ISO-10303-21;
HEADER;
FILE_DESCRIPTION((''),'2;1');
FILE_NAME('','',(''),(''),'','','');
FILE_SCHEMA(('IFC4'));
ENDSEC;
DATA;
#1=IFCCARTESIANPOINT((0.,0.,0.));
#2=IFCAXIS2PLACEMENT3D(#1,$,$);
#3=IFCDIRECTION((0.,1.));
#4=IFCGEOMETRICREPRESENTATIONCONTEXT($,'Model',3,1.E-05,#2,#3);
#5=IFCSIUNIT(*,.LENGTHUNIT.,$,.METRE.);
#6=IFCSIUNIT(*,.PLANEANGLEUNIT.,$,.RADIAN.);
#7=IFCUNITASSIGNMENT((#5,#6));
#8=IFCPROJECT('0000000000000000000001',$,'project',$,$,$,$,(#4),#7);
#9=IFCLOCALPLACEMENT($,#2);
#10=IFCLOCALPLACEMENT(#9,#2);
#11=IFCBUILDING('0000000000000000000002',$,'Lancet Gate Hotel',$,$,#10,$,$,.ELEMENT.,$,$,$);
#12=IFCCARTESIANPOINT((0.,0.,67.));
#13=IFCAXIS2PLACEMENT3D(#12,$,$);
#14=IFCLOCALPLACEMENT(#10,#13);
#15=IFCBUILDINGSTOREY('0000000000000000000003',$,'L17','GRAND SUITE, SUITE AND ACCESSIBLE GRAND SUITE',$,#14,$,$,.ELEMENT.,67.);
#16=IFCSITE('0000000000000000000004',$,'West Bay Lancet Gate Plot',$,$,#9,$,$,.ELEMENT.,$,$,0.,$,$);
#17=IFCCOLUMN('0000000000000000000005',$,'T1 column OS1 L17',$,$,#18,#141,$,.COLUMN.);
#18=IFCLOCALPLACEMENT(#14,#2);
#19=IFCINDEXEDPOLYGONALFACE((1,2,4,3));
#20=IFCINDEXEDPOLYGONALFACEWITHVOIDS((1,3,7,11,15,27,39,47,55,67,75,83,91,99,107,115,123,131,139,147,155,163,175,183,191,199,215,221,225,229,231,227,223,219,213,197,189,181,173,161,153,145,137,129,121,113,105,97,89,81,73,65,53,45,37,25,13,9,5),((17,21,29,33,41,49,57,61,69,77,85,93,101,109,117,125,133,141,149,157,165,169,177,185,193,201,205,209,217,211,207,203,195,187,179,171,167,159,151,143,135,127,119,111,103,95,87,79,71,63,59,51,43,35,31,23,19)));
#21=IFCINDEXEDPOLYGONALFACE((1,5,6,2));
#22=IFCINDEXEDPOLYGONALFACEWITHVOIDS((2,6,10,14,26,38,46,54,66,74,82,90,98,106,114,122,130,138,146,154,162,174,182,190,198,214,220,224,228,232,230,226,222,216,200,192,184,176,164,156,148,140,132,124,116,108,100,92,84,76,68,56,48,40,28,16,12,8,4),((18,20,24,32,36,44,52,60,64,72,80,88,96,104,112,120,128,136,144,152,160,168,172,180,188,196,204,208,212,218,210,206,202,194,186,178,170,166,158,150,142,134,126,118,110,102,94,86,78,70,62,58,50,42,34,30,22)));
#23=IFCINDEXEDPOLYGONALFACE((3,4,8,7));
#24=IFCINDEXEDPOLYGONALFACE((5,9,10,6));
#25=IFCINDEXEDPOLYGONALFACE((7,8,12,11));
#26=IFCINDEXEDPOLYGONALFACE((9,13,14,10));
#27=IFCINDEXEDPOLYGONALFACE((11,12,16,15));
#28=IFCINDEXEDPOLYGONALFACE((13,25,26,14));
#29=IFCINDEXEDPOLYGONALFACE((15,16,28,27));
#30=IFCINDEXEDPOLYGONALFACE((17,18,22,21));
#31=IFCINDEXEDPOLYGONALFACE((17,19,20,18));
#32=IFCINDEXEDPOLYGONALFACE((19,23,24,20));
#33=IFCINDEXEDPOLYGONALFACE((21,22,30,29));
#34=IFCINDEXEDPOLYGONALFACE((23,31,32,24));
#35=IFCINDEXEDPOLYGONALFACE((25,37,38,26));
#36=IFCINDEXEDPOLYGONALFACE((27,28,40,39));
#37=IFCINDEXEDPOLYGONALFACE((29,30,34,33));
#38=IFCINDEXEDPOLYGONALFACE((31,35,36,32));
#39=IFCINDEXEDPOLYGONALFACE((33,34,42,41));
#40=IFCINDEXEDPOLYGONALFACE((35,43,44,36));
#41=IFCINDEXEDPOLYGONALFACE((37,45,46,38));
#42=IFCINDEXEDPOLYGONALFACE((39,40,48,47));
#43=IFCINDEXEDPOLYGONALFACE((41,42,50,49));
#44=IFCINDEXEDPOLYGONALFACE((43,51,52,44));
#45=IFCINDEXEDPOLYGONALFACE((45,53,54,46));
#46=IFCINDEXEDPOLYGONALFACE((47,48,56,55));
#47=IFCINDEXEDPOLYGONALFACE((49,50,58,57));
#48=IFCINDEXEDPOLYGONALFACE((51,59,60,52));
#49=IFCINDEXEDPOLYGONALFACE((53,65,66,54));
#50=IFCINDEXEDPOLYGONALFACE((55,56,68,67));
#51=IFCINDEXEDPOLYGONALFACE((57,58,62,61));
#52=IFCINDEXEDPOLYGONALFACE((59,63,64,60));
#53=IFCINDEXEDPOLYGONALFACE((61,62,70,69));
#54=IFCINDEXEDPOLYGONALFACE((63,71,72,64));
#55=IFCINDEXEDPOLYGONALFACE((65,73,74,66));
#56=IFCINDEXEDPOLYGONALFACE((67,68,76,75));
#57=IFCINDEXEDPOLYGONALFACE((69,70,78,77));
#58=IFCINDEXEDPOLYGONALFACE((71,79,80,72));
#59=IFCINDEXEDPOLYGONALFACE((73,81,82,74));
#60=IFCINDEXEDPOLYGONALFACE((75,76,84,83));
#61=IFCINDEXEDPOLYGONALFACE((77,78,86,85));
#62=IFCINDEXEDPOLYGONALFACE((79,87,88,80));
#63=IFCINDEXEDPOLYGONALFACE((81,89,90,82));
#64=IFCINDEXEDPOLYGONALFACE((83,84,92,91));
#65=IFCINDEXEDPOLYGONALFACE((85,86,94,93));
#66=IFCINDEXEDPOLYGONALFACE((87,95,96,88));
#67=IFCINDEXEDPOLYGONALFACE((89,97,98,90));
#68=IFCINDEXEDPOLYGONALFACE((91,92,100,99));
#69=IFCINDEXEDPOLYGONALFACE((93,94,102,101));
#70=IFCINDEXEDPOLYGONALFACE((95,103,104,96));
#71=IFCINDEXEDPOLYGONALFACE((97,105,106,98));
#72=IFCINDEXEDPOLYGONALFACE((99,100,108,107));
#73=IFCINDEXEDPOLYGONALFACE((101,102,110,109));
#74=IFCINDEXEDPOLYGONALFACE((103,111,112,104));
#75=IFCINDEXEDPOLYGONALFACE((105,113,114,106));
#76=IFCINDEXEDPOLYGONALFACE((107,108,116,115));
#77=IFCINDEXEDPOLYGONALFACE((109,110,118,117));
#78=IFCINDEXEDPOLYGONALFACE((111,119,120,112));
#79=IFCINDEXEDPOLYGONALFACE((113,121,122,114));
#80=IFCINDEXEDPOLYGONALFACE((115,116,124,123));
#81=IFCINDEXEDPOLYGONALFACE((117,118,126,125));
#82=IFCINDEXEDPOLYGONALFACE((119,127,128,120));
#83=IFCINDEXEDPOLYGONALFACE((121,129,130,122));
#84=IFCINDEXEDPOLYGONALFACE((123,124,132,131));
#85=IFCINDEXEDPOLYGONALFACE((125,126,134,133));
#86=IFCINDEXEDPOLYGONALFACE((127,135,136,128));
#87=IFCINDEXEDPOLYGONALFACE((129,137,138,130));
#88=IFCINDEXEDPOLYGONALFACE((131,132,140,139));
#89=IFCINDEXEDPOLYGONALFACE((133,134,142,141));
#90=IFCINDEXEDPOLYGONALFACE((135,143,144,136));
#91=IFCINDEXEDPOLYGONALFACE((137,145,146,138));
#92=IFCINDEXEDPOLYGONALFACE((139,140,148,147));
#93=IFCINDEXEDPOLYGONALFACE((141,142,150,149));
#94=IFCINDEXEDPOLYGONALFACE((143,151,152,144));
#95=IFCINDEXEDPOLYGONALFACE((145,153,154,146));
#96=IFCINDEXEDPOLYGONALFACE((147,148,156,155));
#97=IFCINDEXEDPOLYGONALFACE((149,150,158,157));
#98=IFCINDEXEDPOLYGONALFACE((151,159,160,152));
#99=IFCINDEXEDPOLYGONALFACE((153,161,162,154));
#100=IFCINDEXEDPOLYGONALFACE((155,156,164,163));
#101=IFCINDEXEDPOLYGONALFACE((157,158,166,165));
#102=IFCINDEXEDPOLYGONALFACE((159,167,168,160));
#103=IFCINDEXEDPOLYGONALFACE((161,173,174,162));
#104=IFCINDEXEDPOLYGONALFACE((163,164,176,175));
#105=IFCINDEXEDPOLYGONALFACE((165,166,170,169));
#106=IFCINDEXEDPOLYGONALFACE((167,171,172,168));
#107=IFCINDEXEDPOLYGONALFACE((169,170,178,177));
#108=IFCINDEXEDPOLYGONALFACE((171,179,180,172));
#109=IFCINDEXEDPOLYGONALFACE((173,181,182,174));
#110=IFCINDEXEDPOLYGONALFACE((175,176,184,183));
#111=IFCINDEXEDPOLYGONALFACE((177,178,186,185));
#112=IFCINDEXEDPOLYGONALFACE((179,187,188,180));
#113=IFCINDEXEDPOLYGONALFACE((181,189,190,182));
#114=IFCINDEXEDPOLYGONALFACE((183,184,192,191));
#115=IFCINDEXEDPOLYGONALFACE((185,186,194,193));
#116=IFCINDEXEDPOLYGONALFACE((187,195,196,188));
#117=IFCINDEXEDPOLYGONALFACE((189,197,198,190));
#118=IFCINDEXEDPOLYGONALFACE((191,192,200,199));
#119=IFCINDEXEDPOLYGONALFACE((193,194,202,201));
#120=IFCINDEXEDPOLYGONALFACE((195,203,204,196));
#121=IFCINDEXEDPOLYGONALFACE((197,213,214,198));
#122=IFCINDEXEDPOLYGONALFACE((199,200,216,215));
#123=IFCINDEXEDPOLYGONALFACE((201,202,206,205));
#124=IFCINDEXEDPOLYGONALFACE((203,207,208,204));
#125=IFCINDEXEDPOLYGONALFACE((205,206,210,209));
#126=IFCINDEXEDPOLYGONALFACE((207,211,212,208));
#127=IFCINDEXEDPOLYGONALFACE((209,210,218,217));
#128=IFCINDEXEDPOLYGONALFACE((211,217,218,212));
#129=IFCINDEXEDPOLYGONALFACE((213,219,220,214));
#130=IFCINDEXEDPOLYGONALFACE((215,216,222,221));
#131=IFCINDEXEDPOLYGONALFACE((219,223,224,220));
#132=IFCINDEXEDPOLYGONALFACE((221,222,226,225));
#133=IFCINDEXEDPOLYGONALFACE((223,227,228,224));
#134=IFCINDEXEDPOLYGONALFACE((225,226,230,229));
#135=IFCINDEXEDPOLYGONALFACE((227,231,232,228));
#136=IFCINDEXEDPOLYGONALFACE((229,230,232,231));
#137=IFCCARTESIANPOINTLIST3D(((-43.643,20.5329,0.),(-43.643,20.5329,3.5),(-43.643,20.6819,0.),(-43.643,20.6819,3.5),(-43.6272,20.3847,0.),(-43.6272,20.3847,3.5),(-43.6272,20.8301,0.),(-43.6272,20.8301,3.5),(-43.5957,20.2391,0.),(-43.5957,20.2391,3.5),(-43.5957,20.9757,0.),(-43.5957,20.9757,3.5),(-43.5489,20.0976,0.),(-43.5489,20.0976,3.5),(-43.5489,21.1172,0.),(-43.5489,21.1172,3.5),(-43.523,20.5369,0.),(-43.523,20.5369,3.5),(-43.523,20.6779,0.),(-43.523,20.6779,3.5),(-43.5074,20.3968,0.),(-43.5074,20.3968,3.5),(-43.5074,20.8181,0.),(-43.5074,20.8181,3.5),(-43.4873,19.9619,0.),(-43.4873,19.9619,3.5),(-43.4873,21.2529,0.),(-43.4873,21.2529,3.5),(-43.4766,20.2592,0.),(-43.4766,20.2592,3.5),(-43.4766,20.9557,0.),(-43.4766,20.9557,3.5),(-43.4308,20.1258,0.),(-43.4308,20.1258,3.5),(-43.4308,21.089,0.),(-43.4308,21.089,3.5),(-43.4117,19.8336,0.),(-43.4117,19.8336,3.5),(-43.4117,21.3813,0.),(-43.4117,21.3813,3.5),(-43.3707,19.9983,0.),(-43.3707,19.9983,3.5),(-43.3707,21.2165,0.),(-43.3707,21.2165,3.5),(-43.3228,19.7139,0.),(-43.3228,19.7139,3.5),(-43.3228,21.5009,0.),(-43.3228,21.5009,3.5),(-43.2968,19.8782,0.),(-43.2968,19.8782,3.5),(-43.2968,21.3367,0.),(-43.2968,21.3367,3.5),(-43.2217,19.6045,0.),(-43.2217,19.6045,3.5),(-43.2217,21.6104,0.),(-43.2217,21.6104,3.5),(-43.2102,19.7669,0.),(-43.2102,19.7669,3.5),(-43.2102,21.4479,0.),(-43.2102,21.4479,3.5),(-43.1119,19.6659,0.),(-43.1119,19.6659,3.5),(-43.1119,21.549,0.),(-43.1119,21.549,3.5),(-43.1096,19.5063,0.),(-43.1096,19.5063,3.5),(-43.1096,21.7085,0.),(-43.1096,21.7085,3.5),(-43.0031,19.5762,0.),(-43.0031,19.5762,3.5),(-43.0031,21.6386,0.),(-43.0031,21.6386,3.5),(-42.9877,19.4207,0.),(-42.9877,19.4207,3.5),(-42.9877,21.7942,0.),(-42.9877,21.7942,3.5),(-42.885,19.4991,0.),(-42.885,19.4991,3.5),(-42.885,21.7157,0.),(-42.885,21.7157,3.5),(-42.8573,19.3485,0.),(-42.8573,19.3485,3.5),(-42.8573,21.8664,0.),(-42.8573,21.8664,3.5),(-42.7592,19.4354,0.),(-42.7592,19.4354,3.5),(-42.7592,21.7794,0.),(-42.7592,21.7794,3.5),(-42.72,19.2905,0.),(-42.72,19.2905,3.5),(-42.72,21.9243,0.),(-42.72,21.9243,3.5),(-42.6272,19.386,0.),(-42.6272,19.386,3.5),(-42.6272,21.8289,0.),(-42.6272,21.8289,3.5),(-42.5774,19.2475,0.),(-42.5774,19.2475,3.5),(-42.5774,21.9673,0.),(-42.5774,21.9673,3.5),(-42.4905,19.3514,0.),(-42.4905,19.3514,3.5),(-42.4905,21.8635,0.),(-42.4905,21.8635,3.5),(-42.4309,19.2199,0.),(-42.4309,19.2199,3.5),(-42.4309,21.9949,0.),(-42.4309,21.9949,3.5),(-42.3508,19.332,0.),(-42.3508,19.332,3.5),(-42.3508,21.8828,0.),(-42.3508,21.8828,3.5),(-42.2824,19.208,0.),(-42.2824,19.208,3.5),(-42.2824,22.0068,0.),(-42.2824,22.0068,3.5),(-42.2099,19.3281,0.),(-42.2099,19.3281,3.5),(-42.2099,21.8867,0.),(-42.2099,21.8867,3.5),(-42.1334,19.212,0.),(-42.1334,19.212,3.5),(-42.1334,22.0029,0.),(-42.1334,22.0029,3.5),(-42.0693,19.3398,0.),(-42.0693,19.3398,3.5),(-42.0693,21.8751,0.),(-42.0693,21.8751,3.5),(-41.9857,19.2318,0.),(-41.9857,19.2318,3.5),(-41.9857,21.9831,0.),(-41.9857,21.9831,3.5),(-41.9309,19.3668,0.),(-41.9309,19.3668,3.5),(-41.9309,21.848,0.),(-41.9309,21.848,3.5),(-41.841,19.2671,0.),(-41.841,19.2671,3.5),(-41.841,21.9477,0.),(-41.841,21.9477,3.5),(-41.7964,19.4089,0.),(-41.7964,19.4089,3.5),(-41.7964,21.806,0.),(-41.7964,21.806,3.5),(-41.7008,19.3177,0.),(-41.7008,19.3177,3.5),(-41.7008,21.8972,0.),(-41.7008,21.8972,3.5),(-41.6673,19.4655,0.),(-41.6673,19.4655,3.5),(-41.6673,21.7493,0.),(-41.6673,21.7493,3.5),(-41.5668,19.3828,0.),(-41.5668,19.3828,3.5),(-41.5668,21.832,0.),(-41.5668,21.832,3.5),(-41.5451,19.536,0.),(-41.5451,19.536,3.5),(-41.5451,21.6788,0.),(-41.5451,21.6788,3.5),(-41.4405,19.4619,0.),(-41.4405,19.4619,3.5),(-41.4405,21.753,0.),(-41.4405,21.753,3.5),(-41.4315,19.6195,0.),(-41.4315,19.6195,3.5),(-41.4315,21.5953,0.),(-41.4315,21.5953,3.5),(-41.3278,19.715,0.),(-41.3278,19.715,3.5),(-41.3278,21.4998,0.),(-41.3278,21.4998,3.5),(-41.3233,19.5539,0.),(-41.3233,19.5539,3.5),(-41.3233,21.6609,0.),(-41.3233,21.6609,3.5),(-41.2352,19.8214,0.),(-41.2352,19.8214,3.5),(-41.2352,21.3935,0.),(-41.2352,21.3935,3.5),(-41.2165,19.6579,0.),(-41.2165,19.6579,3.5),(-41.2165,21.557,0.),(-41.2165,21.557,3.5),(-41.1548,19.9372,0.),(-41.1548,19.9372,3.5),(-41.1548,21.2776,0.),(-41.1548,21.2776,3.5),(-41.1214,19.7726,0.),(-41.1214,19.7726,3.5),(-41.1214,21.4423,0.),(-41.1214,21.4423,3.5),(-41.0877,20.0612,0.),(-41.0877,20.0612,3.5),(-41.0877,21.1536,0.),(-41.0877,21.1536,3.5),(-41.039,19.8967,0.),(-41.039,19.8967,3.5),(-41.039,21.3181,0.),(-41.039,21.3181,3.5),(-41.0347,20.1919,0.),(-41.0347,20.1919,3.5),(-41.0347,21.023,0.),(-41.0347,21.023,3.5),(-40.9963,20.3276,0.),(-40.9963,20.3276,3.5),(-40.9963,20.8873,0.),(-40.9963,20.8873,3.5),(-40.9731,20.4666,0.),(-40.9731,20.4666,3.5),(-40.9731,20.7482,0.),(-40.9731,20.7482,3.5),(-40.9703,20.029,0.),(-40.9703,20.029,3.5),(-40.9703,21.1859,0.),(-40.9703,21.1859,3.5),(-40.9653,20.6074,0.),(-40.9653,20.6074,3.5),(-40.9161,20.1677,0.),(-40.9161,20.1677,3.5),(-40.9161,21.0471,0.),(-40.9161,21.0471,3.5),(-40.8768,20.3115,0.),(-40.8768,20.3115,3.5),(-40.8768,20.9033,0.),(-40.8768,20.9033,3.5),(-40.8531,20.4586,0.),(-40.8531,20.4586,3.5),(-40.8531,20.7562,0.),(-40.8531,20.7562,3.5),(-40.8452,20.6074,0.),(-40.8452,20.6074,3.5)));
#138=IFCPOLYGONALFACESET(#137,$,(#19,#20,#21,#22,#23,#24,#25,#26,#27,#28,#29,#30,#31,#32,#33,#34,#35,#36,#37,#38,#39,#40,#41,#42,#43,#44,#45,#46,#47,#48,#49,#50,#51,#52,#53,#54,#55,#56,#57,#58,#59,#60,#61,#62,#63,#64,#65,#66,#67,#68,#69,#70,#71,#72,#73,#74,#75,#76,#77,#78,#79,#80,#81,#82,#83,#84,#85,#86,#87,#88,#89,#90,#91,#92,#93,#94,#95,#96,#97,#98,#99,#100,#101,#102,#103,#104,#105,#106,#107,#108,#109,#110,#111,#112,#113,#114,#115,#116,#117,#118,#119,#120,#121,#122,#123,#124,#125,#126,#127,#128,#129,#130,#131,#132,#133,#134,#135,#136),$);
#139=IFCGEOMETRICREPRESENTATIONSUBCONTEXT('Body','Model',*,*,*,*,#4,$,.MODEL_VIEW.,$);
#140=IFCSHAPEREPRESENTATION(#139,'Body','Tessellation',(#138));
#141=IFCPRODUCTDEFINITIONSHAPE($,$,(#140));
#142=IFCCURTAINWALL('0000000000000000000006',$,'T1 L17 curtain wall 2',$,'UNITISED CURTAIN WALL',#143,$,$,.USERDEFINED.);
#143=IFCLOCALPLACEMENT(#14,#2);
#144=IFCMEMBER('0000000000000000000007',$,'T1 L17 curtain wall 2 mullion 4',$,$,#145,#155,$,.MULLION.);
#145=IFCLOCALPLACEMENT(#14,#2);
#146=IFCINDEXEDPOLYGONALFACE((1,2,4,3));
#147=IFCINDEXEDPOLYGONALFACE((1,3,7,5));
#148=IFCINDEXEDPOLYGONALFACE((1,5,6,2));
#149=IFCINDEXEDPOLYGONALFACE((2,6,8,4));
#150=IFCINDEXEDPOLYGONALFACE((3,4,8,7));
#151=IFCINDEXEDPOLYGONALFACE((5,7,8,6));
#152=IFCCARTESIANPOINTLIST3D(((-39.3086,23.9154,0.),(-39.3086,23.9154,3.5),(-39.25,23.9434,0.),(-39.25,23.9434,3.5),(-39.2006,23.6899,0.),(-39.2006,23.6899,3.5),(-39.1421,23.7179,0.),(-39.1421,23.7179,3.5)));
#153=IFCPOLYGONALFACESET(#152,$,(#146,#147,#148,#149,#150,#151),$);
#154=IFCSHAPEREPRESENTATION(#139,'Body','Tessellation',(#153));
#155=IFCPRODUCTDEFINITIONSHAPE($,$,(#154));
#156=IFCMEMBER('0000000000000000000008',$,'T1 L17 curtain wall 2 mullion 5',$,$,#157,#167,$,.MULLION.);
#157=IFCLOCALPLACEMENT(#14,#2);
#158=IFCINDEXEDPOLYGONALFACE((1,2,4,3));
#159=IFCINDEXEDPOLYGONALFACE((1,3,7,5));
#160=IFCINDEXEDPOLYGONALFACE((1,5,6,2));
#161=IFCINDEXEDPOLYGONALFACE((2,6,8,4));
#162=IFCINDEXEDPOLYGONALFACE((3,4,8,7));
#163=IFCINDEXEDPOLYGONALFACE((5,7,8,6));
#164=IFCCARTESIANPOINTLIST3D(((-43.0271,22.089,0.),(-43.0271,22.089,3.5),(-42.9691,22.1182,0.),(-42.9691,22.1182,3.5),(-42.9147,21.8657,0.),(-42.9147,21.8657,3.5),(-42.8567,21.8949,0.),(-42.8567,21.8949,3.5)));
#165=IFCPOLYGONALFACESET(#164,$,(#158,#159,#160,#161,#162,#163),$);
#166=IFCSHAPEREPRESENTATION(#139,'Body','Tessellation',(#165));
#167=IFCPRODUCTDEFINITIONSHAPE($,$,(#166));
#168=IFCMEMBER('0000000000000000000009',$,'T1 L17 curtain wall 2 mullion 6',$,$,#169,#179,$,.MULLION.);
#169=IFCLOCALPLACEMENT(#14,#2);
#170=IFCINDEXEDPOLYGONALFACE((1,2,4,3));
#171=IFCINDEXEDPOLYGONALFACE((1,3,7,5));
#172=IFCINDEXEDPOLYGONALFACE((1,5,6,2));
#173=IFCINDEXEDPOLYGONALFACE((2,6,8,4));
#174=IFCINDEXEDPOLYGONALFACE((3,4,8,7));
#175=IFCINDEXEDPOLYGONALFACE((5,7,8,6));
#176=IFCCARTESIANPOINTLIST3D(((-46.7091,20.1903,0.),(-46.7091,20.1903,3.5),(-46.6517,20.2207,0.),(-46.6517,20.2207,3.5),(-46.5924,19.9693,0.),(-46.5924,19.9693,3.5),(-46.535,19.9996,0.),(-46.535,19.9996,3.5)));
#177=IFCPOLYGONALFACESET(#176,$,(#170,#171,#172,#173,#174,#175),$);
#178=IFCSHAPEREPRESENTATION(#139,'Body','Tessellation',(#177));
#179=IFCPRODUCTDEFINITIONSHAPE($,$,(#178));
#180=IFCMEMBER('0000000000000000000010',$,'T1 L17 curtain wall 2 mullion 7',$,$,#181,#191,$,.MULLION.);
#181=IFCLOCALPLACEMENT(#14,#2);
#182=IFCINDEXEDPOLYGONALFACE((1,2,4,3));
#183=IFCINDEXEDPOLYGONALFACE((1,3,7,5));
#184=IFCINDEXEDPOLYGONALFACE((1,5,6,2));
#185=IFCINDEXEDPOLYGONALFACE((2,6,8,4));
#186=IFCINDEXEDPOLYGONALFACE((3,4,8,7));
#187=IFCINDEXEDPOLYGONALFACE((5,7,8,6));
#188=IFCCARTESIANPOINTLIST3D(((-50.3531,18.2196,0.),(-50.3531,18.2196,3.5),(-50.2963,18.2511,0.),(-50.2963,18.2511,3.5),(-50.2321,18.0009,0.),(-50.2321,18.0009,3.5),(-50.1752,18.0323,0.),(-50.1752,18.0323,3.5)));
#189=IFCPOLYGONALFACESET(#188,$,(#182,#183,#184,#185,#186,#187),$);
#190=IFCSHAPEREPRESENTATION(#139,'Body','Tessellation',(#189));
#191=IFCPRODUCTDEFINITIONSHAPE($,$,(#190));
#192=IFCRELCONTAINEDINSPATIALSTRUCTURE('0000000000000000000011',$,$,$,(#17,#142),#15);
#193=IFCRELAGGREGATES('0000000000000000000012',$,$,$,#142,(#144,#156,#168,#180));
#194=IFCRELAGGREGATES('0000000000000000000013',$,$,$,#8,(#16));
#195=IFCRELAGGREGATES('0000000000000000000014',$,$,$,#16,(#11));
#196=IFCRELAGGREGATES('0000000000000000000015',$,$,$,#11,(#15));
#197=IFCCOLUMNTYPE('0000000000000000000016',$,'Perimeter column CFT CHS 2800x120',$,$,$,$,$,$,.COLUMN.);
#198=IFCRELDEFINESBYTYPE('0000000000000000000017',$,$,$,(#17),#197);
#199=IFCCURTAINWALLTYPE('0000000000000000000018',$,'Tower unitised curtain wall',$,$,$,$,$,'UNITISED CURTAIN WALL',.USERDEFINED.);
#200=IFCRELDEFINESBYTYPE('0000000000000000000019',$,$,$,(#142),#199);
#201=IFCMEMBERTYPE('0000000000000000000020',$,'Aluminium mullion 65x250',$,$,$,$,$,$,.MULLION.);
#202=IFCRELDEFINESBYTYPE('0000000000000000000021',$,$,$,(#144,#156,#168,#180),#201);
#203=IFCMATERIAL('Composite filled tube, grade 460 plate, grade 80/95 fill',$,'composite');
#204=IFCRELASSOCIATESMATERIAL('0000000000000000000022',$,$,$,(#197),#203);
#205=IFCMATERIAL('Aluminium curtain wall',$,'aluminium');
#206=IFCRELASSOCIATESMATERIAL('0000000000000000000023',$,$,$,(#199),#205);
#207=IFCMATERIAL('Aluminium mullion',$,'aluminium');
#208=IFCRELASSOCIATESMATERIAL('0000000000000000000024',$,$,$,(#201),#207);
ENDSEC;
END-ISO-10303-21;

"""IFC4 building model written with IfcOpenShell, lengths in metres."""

from ifc_helpers import new_model, si_unit, direction, frame, origin, origin_2d, place, context, subcontext, project, spatial, rectangle, hollow_circle, extrude, material, material_profile, profile_set, type_object, element, aggregate, save


model = new_model("IFC4")

# Units and contexts
model_context = context("Model", 3, precision=1e-05, world=origin(), true_north=direction((0.0, 1.0)))
body_context = subcontext(model_context, "Body", "Model", "MODEL_VIEW")
ifc_project = project(units=[si_unit("LENGTHUNIT", "METRE"), si_unit("PLANEANGLEUNIT", "RADIAN")], contexts=[model_context])

# Site, building, storey
site_placement = place(None, origin())
site = spatial("IfcSite", under=ifc_project, at=site_placement, Name="West Bay Lancet Gate Plot", CompositionType="ELEMENT", RefElevation=0.0)
building_placement = place(site_placement, origin())
building = spatial("IfcBuilding", under=site, at=building_placement, Name="Lancet Gate Hotel", CompositionType="ELEMENT")
storey_placement = place(building_placement, frame((0.0, 0.0, 67.0)))
storey = spatial("IfcBuildingStorey", under=building, at=storey_placement, Name="L17", Description="GRAND SUITE, SUITE AND ACCESSIBLE GRAND SUITE", CompositionType="ELEMENT", Elevation=67.0)

# Column
ifc_material_1 = material(Name="Composite filled tube, grade 460 plate, grade 80/95 fill", Category="composite")
ifc_material_profile_1 = material_profile(ifc_material_1, hollow_circle(Radius=1.3999, WallThickness=0.1201, at=origin_2d()), Name="CHS 2800x120")
ifc_profile_set_1 = profile_set([ifc_material_profile_1], Name="Composite filled tube, grade 460 plate, grade 80/95 fill")
column_type = type_object("IfcColumnType", Name="Perimeter column CFT CHS 2800x120", PredefinedType="COLUMN", material=ifc_profile_set_1)
column_placement = place(storey_placement, frame((-42.2451, 20.6074, 0.0), z_axis=(0.0, 0.0, 1.0), x_axis=(1.0, 0.0, 0.0)))
element("IfcColumn", 1, at=column_placement, inside=storey, type_object=column_type, Name="T1 column OS1 L17", PredefinedType="COLUMN", context=body_context, shape_type="SweptSolid", body=[
    extrude(hollow_circle(Radius=1.3999, WallThickness=0.1201, at=origin_2d()), origin(), (0.0, 0.0, 1.0), 3.5),
])

# Curtain wall, members
ifc_material_2 = material(Name="Aluminium curtain wall", Category="aluminium")
curtain_wall_type = type_object("IfcCurtainWallType", Name="Tower unitised curtain wall", ElementType="UNITISED CURTAIN WALL", PredefinedType="USERDEFINED", material=ifc_material_2)
curtain_wall_placement = place(storey_placement, origin())
curtain_wall = element("IfcCurtainWall", 2, at=curtain_wall_placement, inside=storey, type_object=curtain_wall_type, Name="T1 L17 curtain wall 2", ObjectType="UNITISED CURTAIN WALL", PredefinedType="USERDEFINED")
ifc_material_3 = material(Name="Aluminium mullion", Category="aluminium")
ifc_material_profile_2 = material_profile(ifc_material_3, rectangle(XDim=0.0649, YDim=0.25, at=origin_2d()), Name="MULLION 65x250")
ifc_profile_set_2 = profile_set([ifc_material_profile_2], Name="Aluminium mullion")
member_type_1 = type_object("IfcMemberType", Name="Aluminium mullion 65x250", PredefinedType="MULLION", material=ifc_profile_set_2)
member_1_placement = place(storey_placement, frame((-39.2253, 23.8167, 0.0), z_axis=(0.0, 0.0, 1.0), x_axis=(-0.901929, -0.431885, 0.0)))
member_1 = element("IfcMember", 3, at=member_1_placement, type_object=member_type_1, Name="T1 L17 curtain wall 2 mullion 4", PredefinedType="MULLION", context=body_context, shape_type="SweptSolid", body=[
    extrude(rectangle(XDim=0.0649, YDim=0.25, at=origin_2d()), origin(), (0.0, 0.0, 1.0), 3.5),
])
member_2_placement = place(storey_placement, frame((-42.9419, 21.9919, 0.0), z_axis=(0.0, 0.0, 1.0), x_axis=(-0.893292, -0.449478, 0.0)))
member_2 = element("IfcMember", 4, at=member_2_placement, type_object=member_type_1, Name="T1 L17 curtain wall 2 mullion 5", PredefinedType="MULLION", context=body_context, shape_type="SweptSolid", body=[
    extrude(rectangle(XDim=0.0649, YDim=0.25, at=origin_2d()), origin(), (0.0, 0.0, 1.0), 3.5),
])
member_3_placement = place(storey_placement, frame((-46.6221, 20.095, 0.0), z_axis=(0.0, 0.0, 1.0), x_axis=(-0.884311, -0.466898, 0.0)))
member_3 = element("IfcMember", 5, at=member_3_placement, type_object=member_type_1, Name="T1 L17 curtain wall 2 mullion 6", PredefinedType="MULLION", context=body_context, shape_type="SweptSolid", body=[
    extrude(rectangle(XDim=0.0649, YDim=0.25, at=origin_2d()), origin(), (0.0, 0.0, 1.0), 3.5),
])
member_4_placement = place(storey_placement, frame((-50.2642, 18.126, 0.0), z_axis=(0.0, 0.0, 1.0), x_axis=(-0.874991, -0.484139, 0.0)))
member_4 = element("IfcMember", 6, at=member_4_placement, type_object=member_type_1, Name="T1 L17 curtain wall 2 mullion 7", PredefinedType="MULLION", context=body_context, shape_type="SweptSolid", body=[
    extrude(rectangle(XDim=0.0649, YDim=0.25, at=origin_2d()), origin(), (0.0, 0.0, 1.0), 3.5),
])

aggregate(curtain_wall, [member_1, member_2, member_3, member_4])

save(model, "model.ifc")
